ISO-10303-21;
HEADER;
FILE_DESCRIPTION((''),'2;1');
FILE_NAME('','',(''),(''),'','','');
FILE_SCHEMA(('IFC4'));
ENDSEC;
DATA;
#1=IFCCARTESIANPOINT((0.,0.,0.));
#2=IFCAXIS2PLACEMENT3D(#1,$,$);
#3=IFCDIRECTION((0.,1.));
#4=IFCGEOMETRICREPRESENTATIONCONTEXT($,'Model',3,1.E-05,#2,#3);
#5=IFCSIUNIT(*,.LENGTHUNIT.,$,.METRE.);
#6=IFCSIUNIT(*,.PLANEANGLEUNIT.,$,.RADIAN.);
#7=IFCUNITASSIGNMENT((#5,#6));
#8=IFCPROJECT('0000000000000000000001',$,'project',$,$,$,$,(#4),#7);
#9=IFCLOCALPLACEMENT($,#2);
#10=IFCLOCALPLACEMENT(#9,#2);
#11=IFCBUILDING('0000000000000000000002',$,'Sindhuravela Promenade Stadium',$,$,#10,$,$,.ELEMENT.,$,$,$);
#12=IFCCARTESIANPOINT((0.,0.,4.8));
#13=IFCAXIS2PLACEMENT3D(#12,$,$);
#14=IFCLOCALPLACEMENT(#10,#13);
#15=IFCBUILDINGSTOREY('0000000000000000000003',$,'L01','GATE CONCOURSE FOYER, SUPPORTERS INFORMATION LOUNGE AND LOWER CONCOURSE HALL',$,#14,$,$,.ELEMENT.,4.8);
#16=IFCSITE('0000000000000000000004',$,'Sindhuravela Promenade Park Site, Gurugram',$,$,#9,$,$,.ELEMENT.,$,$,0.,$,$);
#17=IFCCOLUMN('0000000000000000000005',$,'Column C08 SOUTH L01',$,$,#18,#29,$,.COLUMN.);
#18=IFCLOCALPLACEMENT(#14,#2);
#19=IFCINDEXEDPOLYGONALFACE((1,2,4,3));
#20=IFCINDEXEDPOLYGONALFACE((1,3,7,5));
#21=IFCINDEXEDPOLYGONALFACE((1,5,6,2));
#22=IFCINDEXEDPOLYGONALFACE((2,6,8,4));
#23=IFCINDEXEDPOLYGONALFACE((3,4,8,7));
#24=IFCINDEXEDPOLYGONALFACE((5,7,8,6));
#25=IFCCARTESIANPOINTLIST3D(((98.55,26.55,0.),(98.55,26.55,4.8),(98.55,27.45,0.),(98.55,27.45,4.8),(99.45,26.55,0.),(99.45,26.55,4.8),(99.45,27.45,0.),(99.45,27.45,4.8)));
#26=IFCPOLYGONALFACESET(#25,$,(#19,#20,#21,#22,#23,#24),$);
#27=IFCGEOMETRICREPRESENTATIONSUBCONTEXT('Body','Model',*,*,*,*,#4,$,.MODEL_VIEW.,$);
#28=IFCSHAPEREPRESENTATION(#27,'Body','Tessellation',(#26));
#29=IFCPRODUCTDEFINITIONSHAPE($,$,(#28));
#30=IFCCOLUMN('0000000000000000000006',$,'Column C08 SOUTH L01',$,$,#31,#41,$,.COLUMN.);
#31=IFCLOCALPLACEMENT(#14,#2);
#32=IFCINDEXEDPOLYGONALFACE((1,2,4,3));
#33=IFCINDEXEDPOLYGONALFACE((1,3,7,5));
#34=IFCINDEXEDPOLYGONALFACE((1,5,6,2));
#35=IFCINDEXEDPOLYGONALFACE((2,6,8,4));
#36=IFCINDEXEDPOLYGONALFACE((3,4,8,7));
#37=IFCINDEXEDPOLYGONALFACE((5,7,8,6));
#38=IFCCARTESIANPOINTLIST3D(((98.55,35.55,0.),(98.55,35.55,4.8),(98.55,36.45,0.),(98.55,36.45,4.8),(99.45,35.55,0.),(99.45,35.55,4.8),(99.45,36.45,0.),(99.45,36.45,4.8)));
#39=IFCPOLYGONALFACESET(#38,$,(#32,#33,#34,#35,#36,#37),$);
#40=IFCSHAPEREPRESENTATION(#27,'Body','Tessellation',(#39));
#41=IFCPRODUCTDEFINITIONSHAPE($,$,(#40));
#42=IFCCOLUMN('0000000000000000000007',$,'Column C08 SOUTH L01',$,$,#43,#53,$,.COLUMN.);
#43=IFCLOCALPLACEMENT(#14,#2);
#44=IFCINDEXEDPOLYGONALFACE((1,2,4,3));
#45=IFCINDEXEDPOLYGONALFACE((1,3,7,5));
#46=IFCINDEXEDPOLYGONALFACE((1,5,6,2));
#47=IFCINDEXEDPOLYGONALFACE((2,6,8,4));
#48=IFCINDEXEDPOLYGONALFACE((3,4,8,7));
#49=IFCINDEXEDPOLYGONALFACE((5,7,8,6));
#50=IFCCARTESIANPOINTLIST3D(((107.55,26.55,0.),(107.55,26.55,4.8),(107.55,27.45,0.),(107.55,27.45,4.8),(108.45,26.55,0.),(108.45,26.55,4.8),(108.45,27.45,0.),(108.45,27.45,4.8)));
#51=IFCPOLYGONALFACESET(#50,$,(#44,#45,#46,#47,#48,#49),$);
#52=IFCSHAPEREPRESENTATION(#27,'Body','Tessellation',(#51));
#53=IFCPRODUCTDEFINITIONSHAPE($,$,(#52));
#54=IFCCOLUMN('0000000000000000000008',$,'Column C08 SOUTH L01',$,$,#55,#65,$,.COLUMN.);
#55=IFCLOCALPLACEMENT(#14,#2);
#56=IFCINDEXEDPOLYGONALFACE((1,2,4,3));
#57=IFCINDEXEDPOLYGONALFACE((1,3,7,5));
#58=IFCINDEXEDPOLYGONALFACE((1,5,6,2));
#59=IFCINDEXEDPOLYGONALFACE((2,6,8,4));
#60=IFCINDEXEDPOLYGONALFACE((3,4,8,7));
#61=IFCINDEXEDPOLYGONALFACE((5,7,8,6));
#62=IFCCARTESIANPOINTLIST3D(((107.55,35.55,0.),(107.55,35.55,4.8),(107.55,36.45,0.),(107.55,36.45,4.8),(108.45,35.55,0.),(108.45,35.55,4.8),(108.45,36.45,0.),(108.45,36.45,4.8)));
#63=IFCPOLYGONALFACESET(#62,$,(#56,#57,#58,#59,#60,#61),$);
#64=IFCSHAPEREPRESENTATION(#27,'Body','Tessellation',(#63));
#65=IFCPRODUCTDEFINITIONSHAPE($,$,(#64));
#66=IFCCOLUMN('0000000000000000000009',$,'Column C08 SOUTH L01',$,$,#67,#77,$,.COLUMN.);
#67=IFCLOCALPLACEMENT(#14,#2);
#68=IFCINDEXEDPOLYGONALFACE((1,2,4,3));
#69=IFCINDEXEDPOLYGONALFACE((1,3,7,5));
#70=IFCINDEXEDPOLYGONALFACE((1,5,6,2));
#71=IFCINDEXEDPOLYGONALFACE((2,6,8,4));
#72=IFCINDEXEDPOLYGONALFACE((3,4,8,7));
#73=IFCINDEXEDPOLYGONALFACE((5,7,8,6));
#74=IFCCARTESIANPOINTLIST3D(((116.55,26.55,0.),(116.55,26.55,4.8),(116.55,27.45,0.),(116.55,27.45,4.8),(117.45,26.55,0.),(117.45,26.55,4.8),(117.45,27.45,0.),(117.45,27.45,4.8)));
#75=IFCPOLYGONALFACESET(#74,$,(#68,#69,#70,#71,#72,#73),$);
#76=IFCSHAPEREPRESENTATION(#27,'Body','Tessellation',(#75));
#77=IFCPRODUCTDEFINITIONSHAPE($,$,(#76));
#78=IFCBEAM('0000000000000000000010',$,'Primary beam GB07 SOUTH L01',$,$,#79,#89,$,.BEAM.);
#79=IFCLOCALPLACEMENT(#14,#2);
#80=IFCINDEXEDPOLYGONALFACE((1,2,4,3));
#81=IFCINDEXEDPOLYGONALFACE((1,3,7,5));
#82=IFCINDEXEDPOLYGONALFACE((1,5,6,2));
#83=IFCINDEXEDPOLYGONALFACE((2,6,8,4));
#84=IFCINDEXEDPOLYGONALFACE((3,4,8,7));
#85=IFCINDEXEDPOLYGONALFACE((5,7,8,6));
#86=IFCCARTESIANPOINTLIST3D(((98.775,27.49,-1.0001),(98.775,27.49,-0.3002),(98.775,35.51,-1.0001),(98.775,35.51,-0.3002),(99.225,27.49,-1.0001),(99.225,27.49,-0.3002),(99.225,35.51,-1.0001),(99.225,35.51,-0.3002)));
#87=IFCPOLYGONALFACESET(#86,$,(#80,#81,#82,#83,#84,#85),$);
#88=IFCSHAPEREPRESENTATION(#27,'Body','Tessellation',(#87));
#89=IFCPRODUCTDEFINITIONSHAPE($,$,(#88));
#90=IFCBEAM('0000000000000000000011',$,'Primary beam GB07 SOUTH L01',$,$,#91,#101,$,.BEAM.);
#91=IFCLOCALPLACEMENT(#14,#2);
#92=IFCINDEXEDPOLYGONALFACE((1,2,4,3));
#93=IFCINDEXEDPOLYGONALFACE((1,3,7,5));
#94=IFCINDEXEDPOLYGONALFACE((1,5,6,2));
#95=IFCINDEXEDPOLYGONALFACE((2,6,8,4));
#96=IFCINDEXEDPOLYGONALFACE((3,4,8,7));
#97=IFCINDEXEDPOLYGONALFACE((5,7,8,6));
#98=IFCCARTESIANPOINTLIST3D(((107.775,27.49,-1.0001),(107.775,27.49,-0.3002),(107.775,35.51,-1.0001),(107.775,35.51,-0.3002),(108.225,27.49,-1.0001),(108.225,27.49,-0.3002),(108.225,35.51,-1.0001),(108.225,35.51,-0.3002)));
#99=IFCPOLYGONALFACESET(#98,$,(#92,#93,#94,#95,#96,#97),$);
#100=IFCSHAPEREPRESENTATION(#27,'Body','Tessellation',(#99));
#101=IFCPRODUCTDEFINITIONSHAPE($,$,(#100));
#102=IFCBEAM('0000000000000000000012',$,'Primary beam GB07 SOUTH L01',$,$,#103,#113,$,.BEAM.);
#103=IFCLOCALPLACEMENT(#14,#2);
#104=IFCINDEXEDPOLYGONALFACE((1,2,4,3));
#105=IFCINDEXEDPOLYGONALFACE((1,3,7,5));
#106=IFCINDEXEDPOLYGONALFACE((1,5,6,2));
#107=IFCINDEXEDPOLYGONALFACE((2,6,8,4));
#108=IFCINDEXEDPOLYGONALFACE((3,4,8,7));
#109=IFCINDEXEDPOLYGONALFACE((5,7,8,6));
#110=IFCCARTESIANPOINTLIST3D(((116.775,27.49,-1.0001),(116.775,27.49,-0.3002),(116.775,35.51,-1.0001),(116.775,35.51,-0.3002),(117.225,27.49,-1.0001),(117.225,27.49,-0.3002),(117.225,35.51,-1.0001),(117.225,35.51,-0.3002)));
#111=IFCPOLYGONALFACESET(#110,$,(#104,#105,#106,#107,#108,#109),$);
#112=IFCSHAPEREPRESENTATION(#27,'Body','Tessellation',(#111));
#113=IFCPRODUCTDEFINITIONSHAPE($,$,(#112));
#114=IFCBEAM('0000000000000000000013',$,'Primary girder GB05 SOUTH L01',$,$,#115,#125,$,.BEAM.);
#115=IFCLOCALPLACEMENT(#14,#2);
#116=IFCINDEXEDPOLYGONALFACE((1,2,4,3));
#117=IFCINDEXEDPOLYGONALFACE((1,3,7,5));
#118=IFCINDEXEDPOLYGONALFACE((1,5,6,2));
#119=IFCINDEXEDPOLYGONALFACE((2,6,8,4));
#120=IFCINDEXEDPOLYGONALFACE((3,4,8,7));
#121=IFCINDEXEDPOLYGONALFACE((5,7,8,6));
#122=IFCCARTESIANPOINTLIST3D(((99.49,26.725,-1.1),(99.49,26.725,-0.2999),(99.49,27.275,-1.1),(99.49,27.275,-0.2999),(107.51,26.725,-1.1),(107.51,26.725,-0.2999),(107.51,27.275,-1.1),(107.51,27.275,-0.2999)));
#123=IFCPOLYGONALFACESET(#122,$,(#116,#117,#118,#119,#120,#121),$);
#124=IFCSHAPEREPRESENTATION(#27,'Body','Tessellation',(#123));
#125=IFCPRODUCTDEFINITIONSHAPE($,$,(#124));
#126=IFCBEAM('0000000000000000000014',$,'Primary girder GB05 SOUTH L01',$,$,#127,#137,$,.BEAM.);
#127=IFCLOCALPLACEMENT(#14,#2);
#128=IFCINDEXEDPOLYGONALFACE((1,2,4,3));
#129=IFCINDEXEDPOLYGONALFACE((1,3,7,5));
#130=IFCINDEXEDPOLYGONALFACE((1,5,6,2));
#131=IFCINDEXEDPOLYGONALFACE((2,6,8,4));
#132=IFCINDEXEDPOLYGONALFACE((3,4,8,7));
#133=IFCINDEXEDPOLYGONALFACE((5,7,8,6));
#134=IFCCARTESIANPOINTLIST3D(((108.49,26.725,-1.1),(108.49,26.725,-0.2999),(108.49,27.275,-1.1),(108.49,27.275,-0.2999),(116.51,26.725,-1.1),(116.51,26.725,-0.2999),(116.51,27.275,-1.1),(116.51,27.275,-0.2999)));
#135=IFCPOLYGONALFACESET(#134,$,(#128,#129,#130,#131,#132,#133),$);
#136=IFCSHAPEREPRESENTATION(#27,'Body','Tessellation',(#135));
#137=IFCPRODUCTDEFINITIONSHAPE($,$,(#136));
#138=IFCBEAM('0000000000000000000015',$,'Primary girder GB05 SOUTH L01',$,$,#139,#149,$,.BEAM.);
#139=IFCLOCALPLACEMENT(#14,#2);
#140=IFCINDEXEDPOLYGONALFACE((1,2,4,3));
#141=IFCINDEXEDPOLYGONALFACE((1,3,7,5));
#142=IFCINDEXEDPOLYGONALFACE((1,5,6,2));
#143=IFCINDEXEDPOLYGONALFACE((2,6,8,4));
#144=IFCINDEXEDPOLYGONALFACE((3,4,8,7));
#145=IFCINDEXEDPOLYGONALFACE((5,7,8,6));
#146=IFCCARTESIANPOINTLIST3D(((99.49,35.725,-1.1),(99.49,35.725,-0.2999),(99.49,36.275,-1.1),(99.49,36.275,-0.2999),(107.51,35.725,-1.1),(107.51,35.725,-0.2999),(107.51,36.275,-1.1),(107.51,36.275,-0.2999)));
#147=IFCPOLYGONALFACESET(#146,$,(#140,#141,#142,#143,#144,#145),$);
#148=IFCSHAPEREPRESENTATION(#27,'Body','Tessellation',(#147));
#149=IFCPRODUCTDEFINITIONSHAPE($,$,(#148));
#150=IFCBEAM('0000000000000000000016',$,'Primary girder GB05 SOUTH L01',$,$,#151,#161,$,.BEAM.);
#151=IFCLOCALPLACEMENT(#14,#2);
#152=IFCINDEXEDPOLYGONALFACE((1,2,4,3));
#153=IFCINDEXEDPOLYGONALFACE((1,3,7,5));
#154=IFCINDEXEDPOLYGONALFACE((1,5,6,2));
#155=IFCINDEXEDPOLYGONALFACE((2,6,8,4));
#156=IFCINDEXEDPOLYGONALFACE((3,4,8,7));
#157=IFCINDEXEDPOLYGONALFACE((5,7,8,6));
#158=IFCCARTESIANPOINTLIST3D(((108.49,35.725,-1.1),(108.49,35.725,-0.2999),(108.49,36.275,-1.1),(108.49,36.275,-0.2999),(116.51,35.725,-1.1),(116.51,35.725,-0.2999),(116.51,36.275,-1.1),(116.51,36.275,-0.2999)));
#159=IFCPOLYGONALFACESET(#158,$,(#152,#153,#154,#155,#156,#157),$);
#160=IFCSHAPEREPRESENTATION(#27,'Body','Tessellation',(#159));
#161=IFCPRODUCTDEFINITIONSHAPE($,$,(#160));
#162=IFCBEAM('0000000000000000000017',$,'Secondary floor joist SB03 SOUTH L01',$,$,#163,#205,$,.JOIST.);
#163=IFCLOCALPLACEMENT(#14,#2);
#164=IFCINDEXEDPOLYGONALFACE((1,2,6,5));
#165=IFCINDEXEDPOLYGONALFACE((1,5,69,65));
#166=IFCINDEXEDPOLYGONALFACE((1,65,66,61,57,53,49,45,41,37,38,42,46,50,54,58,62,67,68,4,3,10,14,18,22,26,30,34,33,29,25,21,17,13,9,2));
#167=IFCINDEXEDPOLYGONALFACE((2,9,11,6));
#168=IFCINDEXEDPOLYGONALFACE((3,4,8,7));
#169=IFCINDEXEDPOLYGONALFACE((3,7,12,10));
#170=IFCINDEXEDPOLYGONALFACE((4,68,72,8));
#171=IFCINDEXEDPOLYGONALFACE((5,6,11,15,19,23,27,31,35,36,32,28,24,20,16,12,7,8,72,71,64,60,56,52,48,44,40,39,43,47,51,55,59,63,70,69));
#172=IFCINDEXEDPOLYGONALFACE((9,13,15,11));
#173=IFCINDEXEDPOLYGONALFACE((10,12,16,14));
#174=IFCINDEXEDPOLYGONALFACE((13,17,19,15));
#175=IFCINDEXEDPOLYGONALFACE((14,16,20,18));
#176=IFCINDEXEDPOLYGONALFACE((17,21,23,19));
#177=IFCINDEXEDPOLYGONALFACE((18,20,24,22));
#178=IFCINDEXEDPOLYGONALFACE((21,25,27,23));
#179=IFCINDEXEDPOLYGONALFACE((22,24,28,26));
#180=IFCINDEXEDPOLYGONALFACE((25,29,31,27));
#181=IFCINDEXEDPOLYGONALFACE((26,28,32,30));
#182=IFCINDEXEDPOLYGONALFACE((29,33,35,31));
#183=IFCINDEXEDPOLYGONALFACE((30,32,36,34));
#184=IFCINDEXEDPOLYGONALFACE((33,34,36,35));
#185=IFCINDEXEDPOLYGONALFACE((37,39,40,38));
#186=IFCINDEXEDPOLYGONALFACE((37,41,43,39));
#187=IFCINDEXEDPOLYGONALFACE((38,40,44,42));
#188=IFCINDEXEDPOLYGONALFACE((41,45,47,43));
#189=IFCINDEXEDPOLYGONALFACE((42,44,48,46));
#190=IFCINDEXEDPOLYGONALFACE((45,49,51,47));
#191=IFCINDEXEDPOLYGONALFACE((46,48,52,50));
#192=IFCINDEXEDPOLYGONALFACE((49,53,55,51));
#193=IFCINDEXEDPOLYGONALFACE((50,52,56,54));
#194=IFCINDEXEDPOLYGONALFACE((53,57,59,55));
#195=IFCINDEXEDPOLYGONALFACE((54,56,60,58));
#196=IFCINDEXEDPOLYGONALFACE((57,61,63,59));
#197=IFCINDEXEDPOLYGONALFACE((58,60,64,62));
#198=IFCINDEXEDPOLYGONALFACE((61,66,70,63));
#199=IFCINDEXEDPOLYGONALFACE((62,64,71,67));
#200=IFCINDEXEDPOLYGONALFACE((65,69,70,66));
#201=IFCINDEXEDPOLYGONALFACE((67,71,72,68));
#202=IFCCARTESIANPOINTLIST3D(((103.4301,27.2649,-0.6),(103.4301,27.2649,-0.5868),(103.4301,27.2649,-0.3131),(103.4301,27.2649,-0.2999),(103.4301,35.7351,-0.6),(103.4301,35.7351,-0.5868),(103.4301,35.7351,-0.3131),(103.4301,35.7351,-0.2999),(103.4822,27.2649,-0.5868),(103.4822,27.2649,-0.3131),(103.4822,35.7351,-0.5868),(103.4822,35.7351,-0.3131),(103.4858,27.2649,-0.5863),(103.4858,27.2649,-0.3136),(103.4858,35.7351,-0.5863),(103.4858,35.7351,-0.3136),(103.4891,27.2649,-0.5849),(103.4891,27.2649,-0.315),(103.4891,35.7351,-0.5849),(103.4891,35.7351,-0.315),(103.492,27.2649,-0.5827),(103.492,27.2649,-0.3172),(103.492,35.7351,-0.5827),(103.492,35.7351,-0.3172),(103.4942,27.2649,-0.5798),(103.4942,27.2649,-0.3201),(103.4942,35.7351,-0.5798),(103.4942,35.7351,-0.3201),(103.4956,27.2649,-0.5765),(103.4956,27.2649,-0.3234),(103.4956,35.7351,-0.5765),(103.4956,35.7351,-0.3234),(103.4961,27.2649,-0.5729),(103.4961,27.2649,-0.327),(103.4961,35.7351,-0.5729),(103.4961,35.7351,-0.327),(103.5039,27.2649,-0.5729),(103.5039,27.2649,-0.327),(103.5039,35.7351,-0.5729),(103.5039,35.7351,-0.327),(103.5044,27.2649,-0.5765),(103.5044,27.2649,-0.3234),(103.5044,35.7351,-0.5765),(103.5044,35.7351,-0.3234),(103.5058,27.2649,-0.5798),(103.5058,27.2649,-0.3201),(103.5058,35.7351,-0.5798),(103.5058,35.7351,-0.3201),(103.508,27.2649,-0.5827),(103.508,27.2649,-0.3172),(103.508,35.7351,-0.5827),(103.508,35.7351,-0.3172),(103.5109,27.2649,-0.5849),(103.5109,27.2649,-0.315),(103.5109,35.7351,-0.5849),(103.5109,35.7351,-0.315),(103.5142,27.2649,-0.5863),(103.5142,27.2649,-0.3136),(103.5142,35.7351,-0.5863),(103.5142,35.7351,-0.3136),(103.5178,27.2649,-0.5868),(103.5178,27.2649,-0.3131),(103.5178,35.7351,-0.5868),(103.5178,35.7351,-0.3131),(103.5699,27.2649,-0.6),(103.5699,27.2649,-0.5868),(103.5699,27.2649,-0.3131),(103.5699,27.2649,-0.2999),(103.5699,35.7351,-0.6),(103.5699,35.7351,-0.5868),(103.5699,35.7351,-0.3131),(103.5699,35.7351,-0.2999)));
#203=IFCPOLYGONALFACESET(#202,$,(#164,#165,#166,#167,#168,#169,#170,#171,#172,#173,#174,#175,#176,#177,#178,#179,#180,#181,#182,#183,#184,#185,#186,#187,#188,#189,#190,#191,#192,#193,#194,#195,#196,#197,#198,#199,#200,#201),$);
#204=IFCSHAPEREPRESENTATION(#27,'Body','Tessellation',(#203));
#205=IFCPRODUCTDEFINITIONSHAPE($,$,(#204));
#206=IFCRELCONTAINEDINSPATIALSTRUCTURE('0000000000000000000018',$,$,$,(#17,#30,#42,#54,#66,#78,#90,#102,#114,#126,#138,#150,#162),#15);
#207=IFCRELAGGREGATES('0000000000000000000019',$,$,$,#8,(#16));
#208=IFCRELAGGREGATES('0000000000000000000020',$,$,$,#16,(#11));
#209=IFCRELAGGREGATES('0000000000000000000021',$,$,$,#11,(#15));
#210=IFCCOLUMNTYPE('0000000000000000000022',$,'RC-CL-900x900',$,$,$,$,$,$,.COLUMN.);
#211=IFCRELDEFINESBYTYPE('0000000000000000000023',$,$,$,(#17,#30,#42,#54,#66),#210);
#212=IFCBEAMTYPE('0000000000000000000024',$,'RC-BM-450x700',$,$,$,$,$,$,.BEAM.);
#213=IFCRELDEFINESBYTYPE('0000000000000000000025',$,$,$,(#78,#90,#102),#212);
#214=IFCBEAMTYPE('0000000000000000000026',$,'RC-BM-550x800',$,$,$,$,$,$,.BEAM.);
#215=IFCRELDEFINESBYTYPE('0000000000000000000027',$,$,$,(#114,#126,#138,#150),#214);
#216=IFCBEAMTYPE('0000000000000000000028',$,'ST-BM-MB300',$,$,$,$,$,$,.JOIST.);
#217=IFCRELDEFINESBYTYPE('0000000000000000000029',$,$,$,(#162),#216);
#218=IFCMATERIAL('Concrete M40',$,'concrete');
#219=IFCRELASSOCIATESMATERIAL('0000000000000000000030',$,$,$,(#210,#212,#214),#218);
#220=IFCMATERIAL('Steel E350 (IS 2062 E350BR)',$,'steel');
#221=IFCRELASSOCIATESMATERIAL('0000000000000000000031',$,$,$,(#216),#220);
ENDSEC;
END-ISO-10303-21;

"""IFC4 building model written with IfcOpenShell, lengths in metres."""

from ifc_helpers import new_model, si_unit, direction, frame, origin, origin_2d, place, context, subcontext, project, spatial, rectangle, i_section, extrude, material, material_profile, profile_set, type_object, element, save


model = new_model("IFC4")

# Units and contexts
model_context = context("Model", 3, precision=1e-05, world=origin(), true_north=direction((0.0, 1.0)))
body_context = subcontext(model_context, "Body", "Model", "MODEL_VIEW")
ifc_project = project(units=[si_unit("LENGTHUNIT", "METRE"), si_unit("PLANEANGLEUNIT", "RADIAN")], contexts=[model_context])

# Site, building, storey
site_placement = place(None, origin())
site = spatial("IfcSite", under=ifc_project, at=site_placement, Name="Sindhuravela Promenade Park Site, Gurugram", CompositionType="ELEMENT", RefElevation=0.0)
building_placement = place(site_placement, origin())
building = spatial("IfcBuilding", under=site, at=building_placement, Name="Sindhuravela Promenade Stadium", CompositionType="ELEMENT")
storey_placement = place(building_placement, frame((0.0, 0.0, 4.8)))
storey = spatial("IfcBuildingStorey", under=building, at=storey_placement, Name="L01", Description="GATE CONCOURSE FOYER, SUPPORTERS INFORMATION LOUNGE AND LOWER CONCOURSE HALL", CompositionType="ELEMENT", Elevation=4.8)

# Columns
ifc_material_1 = material(Name="Concrete M40", Category="concrete")
ifc_material_profile_1 = material_profile(ifc_material_1, rectangle(XDim=0.8999, YDim=0.8999, at=origin_2d()), Name="RC 900x900")
ifc_profile_set_1 = profile_set([ifc_material_profile_1], Name="Concrete M40")
column_type = type_object("IfcColumnType", Name="RC-CL-900x900", PredefinedType="COLUMN", material=ifc_profile_set_1)
for number, where, z_axis, x_axis, name in (
    (1, (99.0, 27.0, 0.0), (0.0, 0.0, 1.0), (1.0, 0.0, 0.0), "Column C08 SOUTH L01"),
    (2, (99.0, 36.0, 0.0), (0.0, 0.0, 1.0), (1.0, 0.0, 0.0), "Column C08 SOUTH L01"),
    (3, (108.0, 27.0, 0.0), (0.0, 0.0, 1.0), (1.0, 0.0, 0.0), "Column C08 SOUTH L01"),
    (4, (108.0, 36.0, 0.0), (0.0, 0.0, 1.0), (1.0, 0.0, 0.0), "Column C08 SOUTH L01"),
    (5, (117.0, 27.0, 0.0), (0.0, 0.0, 1.0), (1.0, 0.0, 0.0), "Column C08 SOUTH L01"),
):
    element("IfcColumn", number, at=place(storey_placement, frame(where, z_axis=z_axis, x_axis=x_axis)), inside=storey, type_object=column_type, Name=name, PredefinedType="COLUMN", context=body_context, shape_type="SweptSolid", body=[
        extrude(rectangle(XDim=0.8999, YDim=0.8999, at=origin_2d()), origin(), (0.0, 0.0, 1.0), 4.8),
    ])

# Beams
ifc_material_profile_2 = material_profile(ifc_material_1, rectangle(XDim=0.45, YDim=0.7, at=origin_2d()), Name="RC 450x700")
ifc_profile_set_2 = profile_set([ifc_material_profile_2], Name="Concrete M40")
beam_type_1 = type_object("IfcBeamType", Name="RC-BM-450x700", PredefinedType="BEAM", material=ifc_profile_set_2)
for number, where, z_axis, x_axis, name in (
    (6, (99.0, 27.49, -0.6501), (0.0, 1.0, 0.0), (-1.0, 0.0, 0.0), "Primary beam GB07 SOUTH L01"),
    (7, (108.0, 27.49, -0.6501), (0.0, 1.0, 0.0), (-1.0, 0.0, 0.0), "Primary beam GB07 SOUTH L01"),
    (8, (117.0, 27.49, -0.6501), (0.0, 1.0, 0.0), (-1.0, 0.0, 0.0), "Primary beam GB07 SOUTH L01"),
):
    element("IfcBeam", number, at=place(storey_placement, frame(where, z_axis=z_axis, x_axis=x_axis)), inside=storey, type_object=beam_type_1, Name=name, PredefinedType="BEAM", context=body_context, shape_type="SweptSolid", body=[
        extrude(rectangle(XDim=0.45, YDim=0.7, at=origin_2d()), origin(), (0.0, 0.0, 1.0), 8.02),
    ])
ifc_material_profile_3 = material_profile(ifc_material_1, rectangle(XDim=0.55, YDim=0.8, at=origin_2d()), Name="RC 550x800")
ifc_profile_set_3 = profile_set([ifc_material_profile_3], Name="Concrete M40")
beam_type_2 = type_object("IfcBeamType", Name="RC-BM-550x800", PredefinedType="BEAM", material=ifc_profile_set_3)
for number, where, z_axis, x_axis, name in (
    (9, (99.49, 27.0, -0.7), (1.0, 0.0, 0.0), (0.0, 1.0, 0.0), "Primary girder GB05 SOUTH L01"),
    (10, (108.49, 27.0, -0.7), (1.0, 0.0, 0.0), (0.0, 1.0, 0.0), "Primary girder GB05 SOUTH L01"),
    (11, (99.49, 36.0, -0.7), (1.0, 0.0, 0.0), (0.0, 1.0, 0.0), "Primary girder GB05 SOUTH L01"),
    (12, (108.49, 36.0, -0.7), (1.0, 0.0, 0.0), (0.0, 1.0, 0.0), "Primary girder GB05 SOUTH L01"),
):
    element("IfcBeam", number, at=place(storey_placement, frame(where, z_axis=z_axis, x_axis=x_axis)), inside=storey, type_object=beam_type_2, Name=name, PredefinedType="BEAM", context=body_context, shape_type="SweptSolid", body=[
        extrude(rectangle(XDim=0.55, YDim=0.8, at=origin_2d()), origin(), (0.0, 0.0, 1.0), 8.02),
    ])
ifc_material_2 = material(Name="Steel E350 (IS 2062 E350BR)", Category="steel")
ifc_material_profile_4 = material_profile(ifc_material_2, i_section(OverallWidth=0.1399, OverallDepth=0.3, WebThickness=0.0078, FlangeThickness=0.0132, FilletRadius=0.0139, at=origin_2d()), Name="ISMB 300")
ifc_profile_set_4 = profile_set([ifc_material_profile_4], Name="Steel E350 (IS 2062 E350BR)")
beam_type_3 = type_object("IfcBeamType", Name="ST-BM-MB300", PredefinedType="JOIST", material=ifc_profile_set_4)
beam_1_placement = place(storey_placement, frame((103.5, 27.2649, -0.45), z_axis=(0.0, 1.0, 0.0), x_axis=(-1.0, 0.0, 0.0)))
element("IfcBeam", 13, at=beam_1_placement, inside=storey, type_object=beam_type_3, Name="Secondary floor joist SB03 SOUTH L01", PredefinedType="JOIST", context=body_context, shape_type="SweptSolid", body=[
    extrude(i_section(OverallWidth=0.1399, OverallDepth=0.3, WebThickness=0.0078, FlangeThickness=0.0132, FilletRadius=0.0139, at=origin_2d()), origin(), (0.0, 0.0, 1.0), 8.4702),
])

save(model, "model.ifc")
